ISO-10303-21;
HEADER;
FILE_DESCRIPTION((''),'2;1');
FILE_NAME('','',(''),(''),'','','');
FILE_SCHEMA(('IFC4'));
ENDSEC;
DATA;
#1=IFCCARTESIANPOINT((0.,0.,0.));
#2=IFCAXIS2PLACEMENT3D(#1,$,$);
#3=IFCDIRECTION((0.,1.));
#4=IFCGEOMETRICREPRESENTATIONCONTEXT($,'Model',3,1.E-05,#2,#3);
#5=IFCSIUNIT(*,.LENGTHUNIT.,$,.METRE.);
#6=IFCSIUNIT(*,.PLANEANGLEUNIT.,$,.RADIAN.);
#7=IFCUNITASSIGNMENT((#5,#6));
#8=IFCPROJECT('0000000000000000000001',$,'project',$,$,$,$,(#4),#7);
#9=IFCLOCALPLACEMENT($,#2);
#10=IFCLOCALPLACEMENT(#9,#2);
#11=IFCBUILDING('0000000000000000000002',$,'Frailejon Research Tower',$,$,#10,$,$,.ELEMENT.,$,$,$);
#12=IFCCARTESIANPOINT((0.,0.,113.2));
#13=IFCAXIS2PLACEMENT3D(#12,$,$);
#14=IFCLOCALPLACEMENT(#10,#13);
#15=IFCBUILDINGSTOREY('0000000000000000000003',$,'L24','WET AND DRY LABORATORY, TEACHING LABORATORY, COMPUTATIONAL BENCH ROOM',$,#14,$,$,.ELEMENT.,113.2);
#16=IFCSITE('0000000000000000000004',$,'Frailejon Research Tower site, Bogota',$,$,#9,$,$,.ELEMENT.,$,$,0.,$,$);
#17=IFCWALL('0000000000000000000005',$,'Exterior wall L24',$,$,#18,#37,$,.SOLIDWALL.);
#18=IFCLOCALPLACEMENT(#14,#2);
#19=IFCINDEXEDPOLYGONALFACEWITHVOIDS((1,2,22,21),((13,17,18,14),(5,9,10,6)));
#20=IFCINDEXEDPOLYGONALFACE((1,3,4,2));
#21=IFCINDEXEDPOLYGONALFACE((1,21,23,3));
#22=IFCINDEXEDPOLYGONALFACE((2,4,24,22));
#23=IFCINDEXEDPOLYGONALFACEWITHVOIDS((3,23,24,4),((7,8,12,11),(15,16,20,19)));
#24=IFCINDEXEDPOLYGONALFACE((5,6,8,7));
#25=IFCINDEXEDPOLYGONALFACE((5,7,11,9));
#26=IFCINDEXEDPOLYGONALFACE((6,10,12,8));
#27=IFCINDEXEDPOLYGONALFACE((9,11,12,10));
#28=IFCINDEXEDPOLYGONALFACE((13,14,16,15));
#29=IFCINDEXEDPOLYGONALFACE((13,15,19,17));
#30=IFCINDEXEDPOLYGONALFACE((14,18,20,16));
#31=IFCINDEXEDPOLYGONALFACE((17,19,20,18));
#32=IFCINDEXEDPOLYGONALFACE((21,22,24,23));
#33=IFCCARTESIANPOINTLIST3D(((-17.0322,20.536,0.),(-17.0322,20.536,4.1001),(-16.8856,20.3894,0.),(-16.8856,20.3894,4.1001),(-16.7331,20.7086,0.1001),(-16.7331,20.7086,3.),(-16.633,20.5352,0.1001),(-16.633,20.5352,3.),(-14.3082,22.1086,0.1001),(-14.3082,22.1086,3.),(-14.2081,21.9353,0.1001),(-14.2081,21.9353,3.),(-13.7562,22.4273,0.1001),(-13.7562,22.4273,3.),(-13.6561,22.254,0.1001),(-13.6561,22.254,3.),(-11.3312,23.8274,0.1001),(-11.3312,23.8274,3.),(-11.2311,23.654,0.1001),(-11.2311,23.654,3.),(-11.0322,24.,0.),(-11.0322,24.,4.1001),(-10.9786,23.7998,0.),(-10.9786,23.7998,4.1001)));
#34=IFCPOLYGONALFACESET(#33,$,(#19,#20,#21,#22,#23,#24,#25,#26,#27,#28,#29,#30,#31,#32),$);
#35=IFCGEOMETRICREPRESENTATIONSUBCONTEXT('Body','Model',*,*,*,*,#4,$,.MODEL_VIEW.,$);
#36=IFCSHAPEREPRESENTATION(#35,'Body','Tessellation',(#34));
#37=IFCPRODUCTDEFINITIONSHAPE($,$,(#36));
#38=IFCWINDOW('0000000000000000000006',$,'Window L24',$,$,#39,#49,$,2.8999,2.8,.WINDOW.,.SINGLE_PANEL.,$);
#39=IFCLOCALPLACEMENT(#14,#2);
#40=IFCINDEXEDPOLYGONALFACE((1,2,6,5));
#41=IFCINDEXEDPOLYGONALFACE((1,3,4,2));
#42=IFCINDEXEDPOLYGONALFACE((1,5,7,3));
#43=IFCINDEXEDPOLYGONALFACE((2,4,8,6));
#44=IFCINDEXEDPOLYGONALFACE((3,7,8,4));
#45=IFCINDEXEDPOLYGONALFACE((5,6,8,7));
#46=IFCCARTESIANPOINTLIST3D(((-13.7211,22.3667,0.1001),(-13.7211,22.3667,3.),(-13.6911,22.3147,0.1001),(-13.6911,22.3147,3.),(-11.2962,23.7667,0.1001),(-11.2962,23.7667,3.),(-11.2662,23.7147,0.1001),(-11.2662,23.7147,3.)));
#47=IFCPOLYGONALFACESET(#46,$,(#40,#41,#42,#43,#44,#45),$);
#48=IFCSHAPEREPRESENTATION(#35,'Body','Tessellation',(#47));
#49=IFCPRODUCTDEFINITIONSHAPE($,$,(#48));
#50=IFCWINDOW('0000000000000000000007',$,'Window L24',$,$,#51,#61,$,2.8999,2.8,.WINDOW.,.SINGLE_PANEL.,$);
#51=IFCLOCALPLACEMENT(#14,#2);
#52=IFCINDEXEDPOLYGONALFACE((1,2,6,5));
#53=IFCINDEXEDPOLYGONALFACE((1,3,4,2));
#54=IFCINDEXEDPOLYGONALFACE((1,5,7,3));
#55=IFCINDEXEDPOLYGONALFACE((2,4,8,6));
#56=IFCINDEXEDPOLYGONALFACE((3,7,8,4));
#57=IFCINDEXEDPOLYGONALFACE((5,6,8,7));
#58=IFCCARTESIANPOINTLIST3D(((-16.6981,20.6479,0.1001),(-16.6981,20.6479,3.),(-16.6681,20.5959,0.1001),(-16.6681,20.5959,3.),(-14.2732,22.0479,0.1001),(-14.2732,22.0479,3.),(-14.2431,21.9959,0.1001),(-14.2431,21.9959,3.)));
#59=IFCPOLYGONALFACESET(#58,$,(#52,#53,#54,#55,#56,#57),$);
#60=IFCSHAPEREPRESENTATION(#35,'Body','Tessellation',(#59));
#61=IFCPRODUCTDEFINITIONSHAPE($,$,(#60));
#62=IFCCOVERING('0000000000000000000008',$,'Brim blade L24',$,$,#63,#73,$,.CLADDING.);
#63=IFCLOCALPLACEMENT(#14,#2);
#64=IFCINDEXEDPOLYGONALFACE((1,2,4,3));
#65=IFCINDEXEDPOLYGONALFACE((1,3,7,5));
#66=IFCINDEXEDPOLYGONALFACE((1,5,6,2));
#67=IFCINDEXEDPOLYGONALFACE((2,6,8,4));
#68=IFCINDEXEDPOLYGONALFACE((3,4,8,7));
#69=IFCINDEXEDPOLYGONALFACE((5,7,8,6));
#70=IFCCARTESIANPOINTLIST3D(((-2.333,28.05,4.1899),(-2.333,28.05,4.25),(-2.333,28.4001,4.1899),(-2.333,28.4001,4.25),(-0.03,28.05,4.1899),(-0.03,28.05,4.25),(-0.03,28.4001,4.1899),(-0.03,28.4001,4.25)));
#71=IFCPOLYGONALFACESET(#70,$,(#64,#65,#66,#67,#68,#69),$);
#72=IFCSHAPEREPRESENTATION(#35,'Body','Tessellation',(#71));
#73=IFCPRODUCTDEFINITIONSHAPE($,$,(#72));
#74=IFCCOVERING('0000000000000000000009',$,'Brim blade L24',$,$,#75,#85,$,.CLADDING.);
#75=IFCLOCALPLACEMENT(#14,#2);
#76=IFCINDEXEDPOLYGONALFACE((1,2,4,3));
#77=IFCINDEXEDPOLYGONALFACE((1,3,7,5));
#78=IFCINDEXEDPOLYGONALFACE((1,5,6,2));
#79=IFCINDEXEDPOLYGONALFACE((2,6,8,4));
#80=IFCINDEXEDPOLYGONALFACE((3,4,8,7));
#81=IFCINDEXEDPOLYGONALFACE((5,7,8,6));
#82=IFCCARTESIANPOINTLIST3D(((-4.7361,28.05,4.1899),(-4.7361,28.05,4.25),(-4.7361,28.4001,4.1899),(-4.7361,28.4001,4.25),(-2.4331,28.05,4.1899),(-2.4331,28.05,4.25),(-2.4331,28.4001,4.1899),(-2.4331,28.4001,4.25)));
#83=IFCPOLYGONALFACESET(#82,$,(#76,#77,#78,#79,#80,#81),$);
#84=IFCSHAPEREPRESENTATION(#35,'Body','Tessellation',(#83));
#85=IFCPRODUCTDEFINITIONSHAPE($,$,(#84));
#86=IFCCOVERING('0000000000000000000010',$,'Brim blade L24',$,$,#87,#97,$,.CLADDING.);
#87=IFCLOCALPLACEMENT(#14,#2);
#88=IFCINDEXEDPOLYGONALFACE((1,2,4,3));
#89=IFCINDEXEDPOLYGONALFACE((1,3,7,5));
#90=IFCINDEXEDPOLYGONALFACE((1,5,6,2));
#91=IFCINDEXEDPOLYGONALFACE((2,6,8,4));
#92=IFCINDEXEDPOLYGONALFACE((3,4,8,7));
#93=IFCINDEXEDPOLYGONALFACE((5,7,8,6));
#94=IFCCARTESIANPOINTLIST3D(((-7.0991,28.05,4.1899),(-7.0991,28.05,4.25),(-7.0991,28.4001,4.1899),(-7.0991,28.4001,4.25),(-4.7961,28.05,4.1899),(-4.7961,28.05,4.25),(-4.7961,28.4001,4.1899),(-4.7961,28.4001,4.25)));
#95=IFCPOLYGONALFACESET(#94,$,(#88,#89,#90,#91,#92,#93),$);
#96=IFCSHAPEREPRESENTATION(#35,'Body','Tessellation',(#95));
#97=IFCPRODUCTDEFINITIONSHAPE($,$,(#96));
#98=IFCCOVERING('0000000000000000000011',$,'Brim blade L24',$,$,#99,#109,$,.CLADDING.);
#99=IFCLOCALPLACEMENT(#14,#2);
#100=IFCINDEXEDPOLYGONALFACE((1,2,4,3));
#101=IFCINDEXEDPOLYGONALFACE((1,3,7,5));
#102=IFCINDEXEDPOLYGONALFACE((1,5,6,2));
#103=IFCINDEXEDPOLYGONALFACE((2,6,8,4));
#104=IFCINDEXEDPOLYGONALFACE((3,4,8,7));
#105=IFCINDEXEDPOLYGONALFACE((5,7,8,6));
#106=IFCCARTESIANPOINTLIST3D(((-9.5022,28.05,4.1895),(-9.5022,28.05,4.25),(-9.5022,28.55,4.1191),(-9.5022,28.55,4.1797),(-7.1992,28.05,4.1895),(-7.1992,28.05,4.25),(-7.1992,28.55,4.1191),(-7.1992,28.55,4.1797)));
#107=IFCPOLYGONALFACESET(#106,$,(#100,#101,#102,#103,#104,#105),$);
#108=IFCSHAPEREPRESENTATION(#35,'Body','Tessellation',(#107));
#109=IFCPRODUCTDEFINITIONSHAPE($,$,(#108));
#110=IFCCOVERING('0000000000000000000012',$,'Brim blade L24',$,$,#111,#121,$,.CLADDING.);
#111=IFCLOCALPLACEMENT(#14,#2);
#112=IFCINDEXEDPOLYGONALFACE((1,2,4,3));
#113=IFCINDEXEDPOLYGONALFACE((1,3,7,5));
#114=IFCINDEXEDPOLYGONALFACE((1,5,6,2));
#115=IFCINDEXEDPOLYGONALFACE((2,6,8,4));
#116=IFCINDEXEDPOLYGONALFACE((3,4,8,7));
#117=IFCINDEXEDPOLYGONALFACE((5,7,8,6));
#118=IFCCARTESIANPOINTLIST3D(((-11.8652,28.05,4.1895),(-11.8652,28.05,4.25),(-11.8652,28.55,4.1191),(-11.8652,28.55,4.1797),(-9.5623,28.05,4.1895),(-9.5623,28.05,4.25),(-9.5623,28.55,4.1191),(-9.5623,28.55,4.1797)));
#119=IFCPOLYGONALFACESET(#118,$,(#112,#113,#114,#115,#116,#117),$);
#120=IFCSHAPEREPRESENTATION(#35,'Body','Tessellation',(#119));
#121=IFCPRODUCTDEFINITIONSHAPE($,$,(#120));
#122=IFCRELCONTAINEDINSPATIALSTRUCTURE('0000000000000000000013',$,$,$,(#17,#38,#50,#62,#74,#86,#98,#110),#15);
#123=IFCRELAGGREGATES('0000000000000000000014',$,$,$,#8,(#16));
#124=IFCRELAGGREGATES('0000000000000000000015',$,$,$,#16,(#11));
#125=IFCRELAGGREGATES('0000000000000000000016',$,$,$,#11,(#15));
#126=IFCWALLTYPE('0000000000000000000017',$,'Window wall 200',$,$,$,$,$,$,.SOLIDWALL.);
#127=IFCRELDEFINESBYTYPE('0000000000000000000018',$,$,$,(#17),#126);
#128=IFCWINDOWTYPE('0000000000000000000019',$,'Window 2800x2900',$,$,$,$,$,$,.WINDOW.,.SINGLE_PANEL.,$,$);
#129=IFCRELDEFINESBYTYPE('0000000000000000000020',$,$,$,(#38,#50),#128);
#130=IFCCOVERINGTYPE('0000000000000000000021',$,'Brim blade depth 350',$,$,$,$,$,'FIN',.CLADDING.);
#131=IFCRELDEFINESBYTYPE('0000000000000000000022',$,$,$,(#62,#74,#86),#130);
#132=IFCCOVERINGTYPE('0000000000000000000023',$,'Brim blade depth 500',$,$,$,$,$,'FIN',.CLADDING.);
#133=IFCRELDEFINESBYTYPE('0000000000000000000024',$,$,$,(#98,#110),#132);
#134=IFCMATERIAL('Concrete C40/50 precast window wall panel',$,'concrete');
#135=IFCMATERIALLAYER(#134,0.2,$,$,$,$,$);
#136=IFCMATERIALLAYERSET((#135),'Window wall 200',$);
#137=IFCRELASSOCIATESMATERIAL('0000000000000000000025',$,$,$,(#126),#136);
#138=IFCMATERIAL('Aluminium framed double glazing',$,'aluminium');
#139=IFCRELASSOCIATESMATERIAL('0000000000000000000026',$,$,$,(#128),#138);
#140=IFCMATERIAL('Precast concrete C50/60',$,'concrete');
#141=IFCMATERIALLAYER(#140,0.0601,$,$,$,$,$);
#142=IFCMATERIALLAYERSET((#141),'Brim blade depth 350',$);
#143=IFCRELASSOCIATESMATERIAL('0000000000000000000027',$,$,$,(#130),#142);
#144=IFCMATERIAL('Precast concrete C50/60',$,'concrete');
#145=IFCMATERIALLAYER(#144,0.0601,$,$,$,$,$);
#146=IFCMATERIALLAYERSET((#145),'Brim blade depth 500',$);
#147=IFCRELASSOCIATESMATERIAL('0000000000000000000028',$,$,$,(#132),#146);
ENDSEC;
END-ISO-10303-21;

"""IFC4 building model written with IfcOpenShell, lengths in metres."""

from ifc_helpers import new_model, si_unit, direction, frame, frame_2d, origin, place, context, subcontext, project, spatial, polyline, rectangle, outline, extrude, material, layer, layer_set, type_object, element, fill, save


model = new_model("IFC4")

# Units and contexts
model_context = context("Model", 3, precision=1e-05, world=origin(), true_north=direction((0.0, 1.0)))
body_context = subcontext(model_context, "Body", "Model", "MODEL_VIEW")
ifc_project = project(units=[si_unit("LENGTHUNIT", "METRE"), si_unit("PLANEANGLEUNIT", "RADIAN")], contexts=[model_context])

# Site, building, storey
site_placement = place(None, origin())
site = spatial("IfcSite", under=ifc_project, at=site_placement, Name="Frailejon Research Tower site, Bogota", CompositionType="ELEMENT", RefElevation=0.0)
building_placement = place(site_placement, origin())
building = spatial("IfcBuilding", under=site, at=building_placement, Name="Frailejon Research Tower", CompositionType="ELEMENT")
storey_placement = place(building_placement, frame((0.0, 0.0, 113.2)))
storey = spatial("IfcBuildingStorey", under=building, at=storey_placement, Name="L24", Description="WET AND DRY LABORATORY, TEACHING LABORATORY, COMPUTATIONAL BENCH ROOM", CompositionType="ELEMENT", Elevation=113.2)

# Wall, openings, windows
ifc_material_1 = material(Name="Concrete C40/50 precast window wall panel", Category="concrete")
ifc_layer_1 = layer(ifc_material_1, 0.2)
ifc_layer_set_1 = layer_set([ifc_layer_1], Name="Window wall 200")
wall_type_1 = type_object("IfcWallType", Name="Window wall 200", PredefinedType="SOLIDWALL", material=ifc_layer_set_1)
wall_1_placement = place(storey_placement, frame((-11.0054, 23.8999, 0.0), z_axis=(0.0, 0.0, 1.0), x_axis=(-0.866029, -0.499993, 0.0)))
wall_1 = element("IfcWall", 1, at=wall_1_placement, inside=storey, type_object=wall_type_1, Name="Exterior wall L24", PredefinedType="SOLIDWALL", context=body_context, shape_type="SweptSolid", body=[
    extrude(outline(polyline([(-0.0269, -0.1001), (1.1279, -0.1001), (2.2825, -0.1001), (3.4373, -0.1001), (4.592, -0.1001), (5.7466, -0.1001), (6.9014, -0.1001), (6.8477, 0.1001), (5.7109, 0.1001), (4.574, 0.1001), (3.4373, 0.1001), (2.3005, 0.1001), (1.1636, 0.1001), (0.0269, 0.1001), (-0.0269, -0.1001)])), origin(), (0.0, 0.0, 1.0), 4.1001),
])
opening_1_placement = place(wall_1_placement, frame((0.3186, 0.0, 0.1001)))
opening_1 = element("IfcOpeningElement", 2, at=opening_1_placement, cuts=wall_1, PredefinedType="OPENING", context=body_context, shape_type="SweptSolid", body=[
    extrude(rectangle(XDim=2.8, YDim=2.8999, at=frame_2d((1.3999, 1.45))), frame((0.0, 0.1099, 0.0), z_axis=(0.0, -1.0, 0.0), x_axis=(1.0, 0.0, 0.0)), (0.0, 0.0, 1.0), 0.22),
])
opening_2_placement = place(wall_1_placement, frame((3.7561, 0.0, 0.1001)))
opening_2 = element("IfcOpeningElement", 3, at=opening_2_placement, cuts=wall_1, PredefinedType="OPENING", context=body_context, shape_type="SweptSolid", body=[
    extrude(rectangle(XDim=2.8, YDim=2.8999, at=frame_2d((1.3999, 1.45))), frame((0.0, 0.1099, 0.0), z_axis=(0.0, -1.0, 0.0), x_axis=(1.0, 0.0, 0.0)), (0.0, 0.0, 1.0), 0.22),
])
ifc_material_2 = material(Name="Aluminium framed double glazing", Category="aluminium")
window_type = type_object("IfcWindowType", Name="Window 2800x2900", PartitioningType="SINGLE_PANEL", PredefinedType="WINDOW", material=ifc_material_2)
window_1_placement = place(opening_1_placement, origin())
window_1 = element("IfcWindow", 4, at=window_1_placement, inside=storey, type_object=window_type, Name="Window L24", OverallHeight=2.8999, OverallWidth=2.8, PartitioningType="SINGLE_PANEL", PredefinedType="WINDOW", context=body_context, shape_type="SweptSolid", body=[
    extrude(rectangle(XDim=2.8, YDim=2.8999, at=frame_2d((1.3999, 1.45))), frame((0.0, 0.03, 0.0), z_axis=(0.0, -1.0, 0.0), x_axis=(1.0, 0.0, 0.0)), (0.0, 0.0, 1.0), 0.0601),
])
fill(opening_1, window_1)
window_2_placement = place(opening_2_placement, origin())
window_2 = element("IfcWindow", 5, at=window_2_placement, inside=storey, type_object=window_type, Name="Window L24", OverallHeight=2.8999, OverallWidth=2.8, PartitioningType="SINGLE_PANEL", PredefinedType="WINDOW", context=body_context, shape_type="SweptSolid", body=[
    extrude(rectangle(XDim=2.8, YDim=2.8999, at=frame_2d((1.3999, 1.45))), frame((0.0, 0.03, 0.0), z_axis=(0.0, -1.0, 0.0), x_axis=(1.0, 0.0, 0.0)), (0.0, 0.0, 1.0), 0.0601),
])
fill(opening_2, window_2)

# Coverings
ifc_material_3 = material(Name="Precast concrete C50/60", Category="concrete")
ifc_layer_2 = layer(ifc_material_3, 0.0601)
ifc_layer_set_2 = layer_set([ifc_layer_2], Name="Brim blade depth 350")
covering_type_1 = type_object("IfcCoveringType", Name="Brim blade depth 350", ElementType="FIN", PredefinedType="CLADDING", material=ifc_layer_set_2)
for number, where, z_axis, x_axis, name in (
    (6, (-2.333, 28.05, 4.25), (1.0, 0.0, 0.0), (0.0, 1.0, 0.0), "Brim blade L24"),
    (7, (-4.7361, 28.05, 4.25), (1.0, 0.0, 0.0), (0.0, 1.0, 0.0), "Brim blade L24"),
    (8, (-7.0991, 28.05, 4.25), (1.0, 0.0, 0.0), (0.0, 1.0, 0.0), "Brim blade L24"),
):
    element("IfcCovering", number, at=place(storey_placement, frame(where, z_axis=z_axis, x_axis=x_axis)), inside=storey, type_object=covering_type_1, Name=name, PredefinedType="CLADDING", context=body_context, shape_type="SweptSolid", body=[
        extrude(outline(polyline([(0.0, -0.0601), (0.3501, -0.0601), (0.3501, 0.0), (0.0, 0.0), (0.0, -0.0601)])), origin(), (0.0, 0.0, 1.0), 2.303),
    ])
ifc_material_4 = material(Name="Precast concrete C50/60", Category="concrete")
ifc_layer_3 = layer(ifc_material_4, 0.0601)
ifc_layer_set_3 = layer_set([ifc_layer_3], Name="Brim blade depth 500")
covering_type_2 = type_object("IfcCoveringType", Name="Brim blade depth 500", ElementType="FIN", PredefinedType="CLADDING", material=ifc_layer_set_3)
for number, where, z_axis, x_axis, name in (
    (9, (-9.5022, 28.05, 4.25), (1.0, 0.0, 0.0), (0.0, 1.0, 0.0), "Brim blade L24"),
    (10, (-11.8652, 28.05, 4.25), (1.0, 0.0, 0.0), (0.0, 1.0, 0.0), "Brim blade L24"),
):
    element("IfcCovering", number, at=place(storey_placement, frame(where, z_axis=z_axis, x_axis=x_axis)), inside=storey, type_object=covering_type_2, Name=name, PredefinedType="CLADDING", context=body_context, shape_type="SweptSolid", body=[
        extrude(outline(polyline([(0.0, -0.0605), (0.5, -0.1309), (0.5, -0.0703), (0.0, 0.0), (0.0, -0.0605)])), origin(), (0.0, 0.0, 1.0), 2.303),
    ])

save(model, "model.ifc")
